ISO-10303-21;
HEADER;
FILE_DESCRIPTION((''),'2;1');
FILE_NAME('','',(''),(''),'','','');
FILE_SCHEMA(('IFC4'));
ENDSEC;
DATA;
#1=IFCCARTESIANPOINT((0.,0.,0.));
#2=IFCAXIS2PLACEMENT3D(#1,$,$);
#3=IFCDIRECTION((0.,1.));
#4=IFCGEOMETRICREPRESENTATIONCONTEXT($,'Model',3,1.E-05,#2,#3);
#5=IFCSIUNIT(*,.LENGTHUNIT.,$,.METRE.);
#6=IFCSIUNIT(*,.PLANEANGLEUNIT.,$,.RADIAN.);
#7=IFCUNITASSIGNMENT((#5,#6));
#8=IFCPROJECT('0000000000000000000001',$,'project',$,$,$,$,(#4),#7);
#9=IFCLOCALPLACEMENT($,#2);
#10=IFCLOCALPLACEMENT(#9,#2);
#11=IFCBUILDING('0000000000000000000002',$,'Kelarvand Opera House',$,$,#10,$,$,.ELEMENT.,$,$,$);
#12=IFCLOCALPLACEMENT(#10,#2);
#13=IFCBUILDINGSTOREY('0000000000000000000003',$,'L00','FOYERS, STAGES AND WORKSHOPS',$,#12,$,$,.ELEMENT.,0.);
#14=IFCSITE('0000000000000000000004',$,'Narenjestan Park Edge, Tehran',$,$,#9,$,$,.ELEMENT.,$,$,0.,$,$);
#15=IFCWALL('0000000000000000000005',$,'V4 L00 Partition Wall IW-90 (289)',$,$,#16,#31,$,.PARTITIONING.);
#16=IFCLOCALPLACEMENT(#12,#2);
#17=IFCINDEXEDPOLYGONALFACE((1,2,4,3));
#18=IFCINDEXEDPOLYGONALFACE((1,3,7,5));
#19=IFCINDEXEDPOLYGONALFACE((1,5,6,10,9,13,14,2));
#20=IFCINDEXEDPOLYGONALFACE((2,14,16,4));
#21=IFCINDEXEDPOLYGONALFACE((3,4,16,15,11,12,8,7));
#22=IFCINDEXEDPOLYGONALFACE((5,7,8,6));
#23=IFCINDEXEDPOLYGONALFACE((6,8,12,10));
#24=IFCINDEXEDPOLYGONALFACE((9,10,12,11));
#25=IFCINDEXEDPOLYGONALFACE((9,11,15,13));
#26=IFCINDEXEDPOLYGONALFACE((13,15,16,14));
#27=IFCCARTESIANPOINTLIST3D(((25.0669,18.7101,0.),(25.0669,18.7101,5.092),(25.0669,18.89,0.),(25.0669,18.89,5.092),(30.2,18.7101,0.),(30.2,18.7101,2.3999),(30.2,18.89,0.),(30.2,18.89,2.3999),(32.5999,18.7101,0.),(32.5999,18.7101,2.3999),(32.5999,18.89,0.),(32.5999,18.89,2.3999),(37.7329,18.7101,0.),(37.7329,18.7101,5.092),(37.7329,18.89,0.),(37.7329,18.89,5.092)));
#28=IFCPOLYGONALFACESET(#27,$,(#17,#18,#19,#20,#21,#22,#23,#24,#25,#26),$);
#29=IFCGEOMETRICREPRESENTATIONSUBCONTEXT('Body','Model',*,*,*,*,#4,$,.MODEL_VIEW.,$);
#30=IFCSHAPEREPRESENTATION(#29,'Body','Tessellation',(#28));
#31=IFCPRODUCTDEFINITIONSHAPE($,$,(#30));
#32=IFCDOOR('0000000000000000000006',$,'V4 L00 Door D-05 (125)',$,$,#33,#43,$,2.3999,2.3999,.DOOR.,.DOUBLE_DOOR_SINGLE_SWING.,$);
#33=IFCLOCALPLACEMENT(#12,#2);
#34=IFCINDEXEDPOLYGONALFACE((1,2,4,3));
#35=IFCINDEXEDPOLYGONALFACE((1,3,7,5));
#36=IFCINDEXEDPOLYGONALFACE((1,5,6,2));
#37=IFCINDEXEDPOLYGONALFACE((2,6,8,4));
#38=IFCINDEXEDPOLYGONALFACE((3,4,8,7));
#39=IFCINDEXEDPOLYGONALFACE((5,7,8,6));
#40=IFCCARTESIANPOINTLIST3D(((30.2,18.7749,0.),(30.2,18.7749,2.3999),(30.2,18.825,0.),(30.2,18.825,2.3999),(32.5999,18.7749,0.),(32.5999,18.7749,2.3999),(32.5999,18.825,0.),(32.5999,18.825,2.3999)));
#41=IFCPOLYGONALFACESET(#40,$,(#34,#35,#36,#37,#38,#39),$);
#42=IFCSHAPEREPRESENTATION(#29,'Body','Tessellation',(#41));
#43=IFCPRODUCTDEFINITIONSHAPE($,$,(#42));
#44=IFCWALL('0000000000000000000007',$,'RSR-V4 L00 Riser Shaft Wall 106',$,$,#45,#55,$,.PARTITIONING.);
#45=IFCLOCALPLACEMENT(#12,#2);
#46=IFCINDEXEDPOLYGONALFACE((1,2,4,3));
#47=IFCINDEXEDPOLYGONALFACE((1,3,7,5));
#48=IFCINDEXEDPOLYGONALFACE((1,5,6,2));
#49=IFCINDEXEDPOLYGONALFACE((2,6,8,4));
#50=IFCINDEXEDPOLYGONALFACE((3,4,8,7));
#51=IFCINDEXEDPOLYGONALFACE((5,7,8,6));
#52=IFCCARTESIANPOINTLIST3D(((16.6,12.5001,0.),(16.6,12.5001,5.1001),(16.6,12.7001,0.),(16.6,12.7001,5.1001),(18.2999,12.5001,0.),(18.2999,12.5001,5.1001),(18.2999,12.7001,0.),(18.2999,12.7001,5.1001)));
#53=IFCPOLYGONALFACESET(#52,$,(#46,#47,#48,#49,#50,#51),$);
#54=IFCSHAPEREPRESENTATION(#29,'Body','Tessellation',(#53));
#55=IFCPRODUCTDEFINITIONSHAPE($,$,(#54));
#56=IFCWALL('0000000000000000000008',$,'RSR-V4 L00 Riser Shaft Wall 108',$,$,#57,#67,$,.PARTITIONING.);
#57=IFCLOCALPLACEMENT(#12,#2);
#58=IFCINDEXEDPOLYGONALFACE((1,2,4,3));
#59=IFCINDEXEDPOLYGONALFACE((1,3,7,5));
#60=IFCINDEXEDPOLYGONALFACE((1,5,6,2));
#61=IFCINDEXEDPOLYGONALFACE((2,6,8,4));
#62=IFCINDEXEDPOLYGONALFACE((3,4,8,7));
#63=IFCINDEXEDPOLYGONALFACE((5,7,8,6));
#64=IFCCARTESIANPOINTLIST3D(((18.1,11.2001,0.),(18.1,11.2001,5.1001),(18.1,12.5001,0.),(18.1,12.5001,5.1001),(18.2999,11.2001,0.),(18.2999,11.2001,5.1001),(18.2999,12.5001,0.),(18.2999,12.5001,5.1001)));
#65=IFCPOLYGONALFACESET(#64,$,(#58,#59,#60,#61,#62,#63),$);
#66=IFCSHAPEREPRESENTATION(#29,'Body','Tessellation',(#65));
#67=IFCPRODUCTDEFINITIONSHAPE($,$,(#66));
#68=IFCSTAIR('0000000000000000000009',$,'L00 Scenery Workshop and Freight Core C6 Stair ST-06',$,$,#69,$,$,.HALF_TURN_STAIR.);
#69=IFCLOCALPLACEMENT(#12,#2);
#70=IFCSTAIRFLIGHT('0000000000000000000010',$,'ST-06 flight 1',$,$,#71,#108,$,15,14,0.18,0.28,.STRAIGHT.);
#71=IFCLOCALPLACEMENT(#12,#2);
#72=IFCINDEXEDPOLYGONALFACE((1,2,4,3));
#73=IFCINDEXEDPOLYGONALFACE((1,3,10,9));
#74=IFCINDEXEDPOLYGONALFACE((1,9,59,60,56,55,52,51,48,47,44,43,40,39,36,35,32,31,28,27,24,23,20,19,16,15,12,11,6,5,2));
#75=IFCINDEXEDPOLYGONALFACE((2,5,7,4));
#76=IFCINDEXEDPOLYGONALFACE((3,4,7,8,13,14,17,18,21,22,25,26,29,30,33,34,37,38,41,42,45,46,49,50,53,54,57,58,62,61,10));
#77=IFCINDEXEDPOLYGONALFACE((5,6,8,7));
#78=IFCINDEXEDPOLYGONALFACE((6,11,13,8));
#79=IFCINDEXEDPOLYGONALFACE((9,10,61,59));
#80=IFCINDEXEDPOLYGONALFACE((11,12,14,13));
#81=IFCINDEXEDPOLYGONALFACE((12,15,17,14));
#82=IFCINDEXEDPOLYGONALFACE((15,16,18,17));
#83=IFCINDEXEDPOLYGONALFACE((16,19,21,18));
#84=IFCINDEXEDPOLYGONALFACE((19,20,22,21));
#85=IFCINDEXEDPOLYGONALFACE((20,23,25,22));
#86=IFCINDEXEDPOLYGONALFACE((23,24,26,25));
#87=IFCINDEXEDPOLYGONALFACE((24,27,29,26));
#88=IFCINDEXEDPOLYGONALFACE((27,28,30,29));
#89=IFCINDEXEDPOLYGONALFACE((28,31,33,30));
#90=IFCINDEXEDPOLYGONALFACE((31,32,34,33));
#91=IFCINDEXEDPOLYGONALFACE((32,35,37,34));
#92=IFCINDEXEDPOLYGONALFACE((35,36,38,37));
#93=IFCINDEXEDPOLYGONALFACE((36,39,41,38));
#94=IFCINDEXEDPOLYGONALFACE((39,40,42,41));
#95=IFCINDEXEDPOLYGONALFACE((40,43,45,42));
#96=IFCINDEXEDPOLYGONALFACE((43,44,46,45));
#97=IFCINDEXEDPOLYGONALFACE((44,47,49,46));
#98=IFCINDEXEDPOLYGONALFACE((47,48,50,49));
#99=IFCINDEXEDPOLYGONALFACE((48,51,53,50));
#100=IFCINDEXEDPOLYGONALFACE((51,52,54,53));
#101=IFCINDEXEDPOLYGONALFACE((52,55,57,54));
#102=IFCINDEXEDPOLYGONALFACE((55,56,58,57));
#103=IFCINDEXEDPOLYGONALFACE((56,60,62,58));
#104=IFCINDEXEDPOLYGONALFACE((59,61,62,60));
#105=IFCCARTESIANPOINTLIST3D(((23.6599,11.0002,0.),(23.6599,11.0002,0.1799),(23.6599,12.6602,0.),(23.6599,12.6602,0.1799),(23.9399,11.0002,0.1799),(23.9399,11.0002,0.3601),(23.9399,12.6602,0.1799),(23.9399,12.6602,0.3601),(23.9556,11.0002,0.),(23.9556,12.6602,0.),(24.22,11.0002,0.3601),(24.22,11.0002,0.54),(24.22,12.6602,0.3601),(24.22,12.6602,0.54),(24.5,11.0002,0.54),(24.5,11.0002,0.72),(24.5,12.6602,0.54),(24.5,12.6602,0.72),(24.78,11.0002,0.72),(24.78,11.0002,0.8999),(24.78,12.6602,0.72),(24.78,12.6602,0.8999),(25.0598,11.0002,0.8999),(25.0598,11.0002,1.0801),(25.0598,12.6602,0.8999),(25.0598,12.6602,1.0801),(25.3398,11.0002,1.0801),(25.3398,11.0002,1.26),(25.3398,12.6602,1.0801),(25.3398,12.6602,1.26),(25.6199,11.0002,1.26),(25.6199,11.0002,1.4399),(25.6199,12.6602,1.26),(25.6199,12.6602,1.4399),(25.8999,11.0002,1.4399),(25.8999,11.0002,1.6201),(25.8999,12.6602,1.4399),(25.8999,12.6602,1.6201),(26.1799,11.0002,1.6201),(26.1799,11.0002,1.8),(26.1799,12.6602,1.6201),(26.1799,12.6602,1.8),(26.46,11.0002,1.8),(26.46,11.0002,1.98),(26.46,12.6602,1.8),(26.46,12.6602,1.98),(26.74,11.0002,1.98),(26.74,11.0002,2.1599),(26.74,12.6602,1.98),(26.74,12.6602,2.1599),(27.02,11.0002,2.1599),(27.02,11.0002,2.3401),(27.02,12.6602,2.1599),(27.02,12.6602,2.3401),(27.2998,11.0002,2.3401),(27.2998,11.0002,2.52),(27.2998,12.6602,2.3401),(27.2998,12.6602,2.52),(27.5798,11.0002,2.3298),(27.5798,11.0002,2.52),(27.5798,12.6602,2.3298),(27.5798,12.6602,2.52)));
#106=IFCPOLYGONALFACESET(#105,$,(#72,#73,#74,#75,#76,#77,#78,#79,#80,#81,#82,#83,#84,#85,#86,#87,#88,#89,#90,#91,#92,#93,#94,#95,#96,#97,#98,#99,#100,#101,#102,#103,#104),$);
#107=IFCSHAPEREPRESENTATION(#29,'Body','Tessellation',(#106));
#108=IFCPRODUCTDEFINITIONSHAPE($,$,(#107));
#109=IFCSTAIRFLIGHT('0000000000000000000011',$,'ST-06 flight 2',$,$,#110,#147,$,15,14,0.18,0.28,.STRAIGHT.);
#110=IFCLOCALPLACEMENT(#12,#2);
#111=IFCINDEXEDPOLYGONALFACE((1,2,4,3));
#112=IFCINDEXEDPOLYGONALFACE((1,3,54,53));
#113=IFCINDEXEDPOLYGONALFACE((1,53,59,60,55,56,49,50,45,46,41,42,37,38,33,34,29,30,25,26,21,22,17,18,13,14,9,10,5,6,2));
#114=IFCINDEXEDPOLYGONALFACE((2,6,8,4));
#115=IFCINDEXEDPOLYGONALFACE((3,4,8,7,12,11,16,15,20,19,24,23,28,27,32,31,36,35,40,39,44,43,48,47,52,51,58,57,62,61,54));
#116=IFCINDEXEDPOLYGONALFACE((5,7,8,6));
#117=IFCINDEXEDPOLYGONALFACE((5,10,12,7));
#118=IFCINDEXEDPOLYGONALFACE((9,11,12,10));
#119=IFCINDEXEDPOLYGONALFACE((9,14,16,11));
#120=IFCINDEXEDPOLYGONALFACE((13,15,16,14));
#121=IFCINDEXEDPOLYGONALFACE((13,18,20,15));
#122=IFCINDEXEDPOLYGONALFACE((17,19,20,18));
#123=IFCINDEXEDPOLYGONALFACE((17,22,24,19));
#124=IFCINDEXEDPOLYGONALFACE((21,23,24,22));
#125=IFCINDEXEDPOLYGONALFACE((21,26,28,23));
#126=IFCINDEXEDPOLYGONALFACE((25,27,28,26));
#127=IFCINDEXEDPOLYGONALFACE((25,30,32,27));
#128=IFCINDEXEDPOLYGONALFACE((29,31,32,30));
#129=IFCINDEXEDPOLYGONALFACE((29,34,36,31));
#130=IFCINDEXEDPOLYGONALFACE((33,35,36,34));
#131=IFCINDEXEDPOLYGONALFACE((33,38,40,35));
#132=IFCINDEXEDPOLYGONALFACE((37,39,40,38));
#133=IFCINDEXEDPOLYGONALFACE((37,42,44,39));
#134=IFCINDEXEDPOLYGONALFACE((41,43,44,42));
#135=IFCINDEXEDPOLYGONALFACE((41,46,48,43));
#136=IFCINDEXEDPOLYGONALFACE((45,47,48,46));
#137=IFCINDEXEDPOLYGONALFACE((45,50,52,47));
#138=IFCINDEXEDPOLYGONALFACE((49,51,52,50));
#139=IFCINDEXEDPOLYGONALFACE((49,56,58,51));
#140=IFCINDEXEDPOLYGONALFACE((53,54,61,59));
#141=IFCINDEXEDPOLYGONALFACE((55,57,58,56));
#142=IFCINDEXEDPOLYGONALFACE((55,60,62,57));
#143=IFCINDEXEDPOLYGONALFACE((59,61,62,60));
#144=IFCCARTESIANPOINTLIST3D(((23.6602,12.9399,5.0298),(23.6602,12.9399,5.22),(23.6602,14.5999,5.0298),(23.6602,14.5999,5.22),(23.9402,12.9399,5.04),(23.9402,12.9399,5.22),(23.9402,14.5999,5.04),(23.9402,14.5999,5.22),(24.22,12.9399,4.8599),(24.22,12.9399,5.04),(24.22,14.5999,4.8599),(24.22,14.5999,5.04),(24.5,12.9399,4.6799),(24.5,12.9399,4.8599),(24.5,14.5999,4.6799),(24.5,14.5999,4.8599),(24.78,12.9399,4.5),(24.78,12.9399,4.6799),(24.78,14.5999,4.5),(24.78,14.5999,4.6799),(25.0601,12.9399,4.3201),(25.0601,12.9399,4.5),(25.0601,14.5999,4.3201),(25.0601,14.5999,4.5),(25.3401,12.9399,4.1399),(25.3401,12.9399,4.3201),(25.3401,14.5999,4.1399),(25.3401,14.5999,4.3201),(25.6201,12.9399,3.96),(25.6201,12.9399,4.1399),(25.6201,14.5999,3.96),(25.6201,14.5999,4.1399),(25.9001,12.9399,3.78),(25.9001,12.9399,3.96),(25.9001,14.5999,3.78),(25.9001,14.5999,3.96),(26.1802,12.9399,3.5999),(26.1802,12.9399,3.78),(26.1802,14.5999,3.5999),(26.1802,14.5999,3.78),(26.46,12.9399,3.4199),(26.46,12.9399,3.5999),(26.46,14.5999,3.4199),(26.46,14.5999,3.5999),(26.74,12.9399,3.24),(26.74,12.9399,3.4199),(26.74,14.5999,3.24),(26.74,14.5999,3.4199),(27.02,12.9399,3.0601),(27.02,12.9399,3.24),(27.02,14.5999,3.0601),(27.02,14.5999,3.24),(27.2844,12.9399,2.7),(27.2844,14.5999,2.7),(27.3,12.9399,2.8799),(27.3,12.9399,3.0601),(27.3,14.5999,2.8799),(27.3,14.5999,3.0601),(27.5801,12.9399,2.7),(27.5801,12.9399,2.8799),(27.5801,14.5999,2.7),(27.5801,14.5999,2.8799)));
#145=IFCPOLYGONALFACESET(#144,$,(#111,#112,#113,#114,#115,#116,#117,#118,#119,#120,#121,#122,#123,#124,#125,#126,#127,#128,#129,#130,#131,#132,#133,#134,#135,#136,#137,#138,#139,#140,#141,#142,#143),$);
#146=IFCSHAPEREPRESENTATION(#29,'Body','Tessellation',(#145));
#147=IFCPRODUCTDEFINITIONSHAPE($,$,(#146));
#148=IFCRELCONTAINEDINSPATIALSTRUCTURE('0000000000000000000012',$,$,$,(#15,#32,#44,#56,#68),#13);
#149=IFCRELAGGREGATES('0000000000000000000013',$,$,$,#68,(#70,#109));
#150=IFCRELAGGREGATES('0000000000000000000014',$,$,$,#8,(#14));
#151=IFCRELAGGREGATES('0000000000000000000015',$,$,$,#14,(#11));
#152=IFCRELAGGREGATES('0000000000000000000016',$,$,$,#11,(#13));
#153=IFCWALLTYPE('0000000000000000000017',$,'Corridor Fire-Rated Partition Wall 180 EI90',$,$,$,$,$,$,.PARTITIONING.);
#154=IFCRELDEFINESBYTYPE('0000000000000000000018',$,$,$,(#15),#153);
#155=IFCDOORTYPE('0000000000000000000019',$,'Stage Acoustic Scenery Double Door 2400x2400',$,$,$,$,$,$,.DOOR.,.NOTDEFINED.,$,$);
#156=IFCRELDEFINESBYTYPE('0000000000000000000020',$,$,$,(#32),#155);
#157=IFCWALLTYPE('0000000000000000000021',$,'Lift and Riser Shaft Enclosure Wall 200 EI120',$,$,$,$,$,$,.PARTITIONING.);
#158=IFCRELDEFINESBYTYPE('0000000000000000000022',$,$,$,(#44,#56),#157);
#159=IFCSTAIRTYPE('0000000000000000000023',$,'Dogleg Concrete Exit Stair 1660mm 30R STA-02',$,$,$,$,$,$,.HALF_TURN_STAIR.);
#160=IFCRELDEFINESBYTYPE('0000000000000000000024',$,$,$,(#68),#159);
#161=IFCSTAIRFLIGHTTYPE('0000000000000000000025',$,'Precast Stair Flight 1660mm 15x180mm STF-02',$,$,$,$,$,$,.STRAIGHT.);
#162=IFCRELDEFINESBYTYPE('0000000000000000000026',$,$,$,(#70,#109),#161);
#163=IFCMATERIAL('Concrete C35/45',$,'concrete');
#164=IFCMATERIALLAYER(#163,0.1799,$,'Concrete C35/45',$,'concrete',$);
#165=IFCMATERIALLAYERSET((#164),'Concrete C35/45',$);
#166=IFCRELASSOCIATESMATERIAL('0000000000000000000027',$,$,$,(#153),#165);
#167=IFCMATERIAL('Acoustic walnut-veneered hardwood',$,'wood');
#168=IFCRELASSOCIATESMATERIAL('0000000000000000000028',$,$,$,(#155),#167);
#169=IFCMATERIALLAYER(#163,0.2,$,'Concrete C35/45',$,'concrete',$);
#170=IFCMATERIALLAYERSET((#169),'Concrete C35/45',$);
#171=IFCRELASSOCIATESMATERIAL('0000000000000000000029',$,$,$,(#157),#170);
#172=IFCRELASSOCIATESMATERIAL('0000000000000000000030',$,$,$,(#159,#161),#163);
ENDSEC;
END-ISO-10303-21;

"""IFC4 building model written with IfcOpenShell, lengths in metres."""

from ifc_helpers import new_model, si_unit, direction, frame, frame_2d, origin, place, context, subcontext, project, spatial, polyline, rectangle, outline, extrude, material, layer, layer_set, type_object, element, fill, aggregate, save


model = new_model("IFC4")

# Units and contexts
model_context = context("Model", 3, precision=1e-05, world=origin(), true_north=direction((0.0, 1.0)))
body_context = subcontext(model_context, "Body", "Model", "MODEL_VIEW")
ifc_project = project(units=[si_unit("LENGTHUNIT", "METRE"), si_unit("PLANEANGLEUNIT", "RADIAN")], contexts=[model_context])

# Site, building, storey
site_placement = place(None, origin())
site = spatial("IfcSite", under=ifc_project, at=site_placement, Name="Narenjestan Park Edge, Tehran", CompositionType="ELEMENT", RefElevation=0.0)
building_placement = place(site_placement, origin())
building = spatial("IfcBuilding", under=site, at=building_placement, Name="Kelarvand Opera House", CompositionType="ELEMENT")
storey_placement = place(building_placement, origin())
storey = spatial("IfcBuildingStorey", under=building, at=storey_placement, Name="L00", Description="FOYERS, STAGES AND WORKSHOPS", CompositionType="ELEMENT", Elevation=0.0)

# Shared definitions
ifc_material_1 = material(Name="Concrete C35/45", Category="concrete")

# Wall, opening, door
ifc_layer_1 = layer(ifc_material_1, 0.1799, Name="Concrete C35/45", Category="concrete")
ifc_layer_set_1 = layer_set([ifc_layer_1], Name="Concrete C35/45")
wall_type_1 = type_object("IfcWallType", Name="Corridor Fire-Rated Partition Wall 180 EI90", PredefinedType="PARTITIONING", material=ifc_layer_set_1)
wall_1_placement = place(storey_placement, frame((25.0669, 18.8, 0.0), z_axis=(0.0, 0.0, 1.0), x_axis=(1.0, 0.0, 0.0)))
wall_1 = element("IfcWall", 1, at=wall_1_placement, inside=storey, type_object=wall_type_1, Name="V4 L00 Partition Wall IW-90 (289)", PredefinedType="PARTITIONING", context=body_context, shape_type="SweptSolid", body=[
    extrude(rectangle(XDim=12.666, YDim=0.1799, at=frame_2d((6.333, 0.0))), origin(), (0.0, 0.0, 1.0), 5.092),
])
opening_1_placement = place(wall_1_placement, frame((5.1331, 0.0, 0.0)))
opening_1 = element("IfcOpeningElement", 2, at=opening_1_placement, cuts=wall_1, PredefinedType="OPENING", context=body_context, shape_type="SweptSolid", body=[
    extrude(rectangle(XDim=2.3999, YDim=2.3999, at=frame_2d((1.2, 1.2))), frame((0.0, 0.1001, 0.0), z_axis=(0.0, -1.0, 0.0), x_axis=(1.0, 0.0, 0.0)), (0.0, 0.0, 1.0), 0.2),
])
ifc_material_2 = material(Name="Acoustic walnut-veneered hardwood", Category="wood")
door_type_1 = type_object("IfcDoorType", Name="Stage Acoustic Scenery Double Door 2400x2400", OperationType="NOTDEFINED", PredefinedType="DOOR", material=ifc_material_2)
door_1_placement = place(opening_1_placement, origin())
door_1 = element("IfcDoor", 3, at=door_1_placement, inside=storey, type_object=door_type_1, Name="V4 L00 Door D-05 (125)", OperationType="DOUBLE_DOOR_SINGLE_SWING", OverallHeight=2.3999, OverallWidth=2.3999, PredefinedType="DOOR", context=body_context, shape_type="SweptSolid", body=[
    extrude(rectangle(XDim=2.3999, YDim=2.3999, at=frame_2d((1.2, 1.2))), frame((0.0, 0.0249, 0.0), z_axis=(0.0, -1.0, 0.0), x_axis=(1.0, 0.0, 0.0)), (0.0, 0.0, 1.0), 0.05),
])
fill(opening_1, door_1)

# Walls
ifc_layer_2 = layer(ifc_material_1, 0.2, Name="Concrete C35/45", Category="concrete")
ifc_layer_set_2 = layer_set([ifc_layer_2], Name="Concrete C35/45")
wall_type_2 = type_object("IfcWallType", Name="Lift and Riser Shaft Enclosure Wall 200 EI120", PredefinedType="PARTITIONING", material=ifc_layer_set_2)
wall_2_placement = place(storey_placement, frame((18.3, 12.6001, 0.0), z_axis=(0.0, 0.0, 1.0), x_axis=(-1.0, 0.0, 0.0)))
element("IfcWall", 4, at=wall_2_placement, inside=storey, type_object=wall_type_2, Name="RSR-V4 L00 Riser Shaft Wall 106", PredefinedType="PARTITIONING", context=body_context, shape_type="SweptSolid", body=[
    extrude(rectangle(XDim=1.7, YDim=0.2, at=frame_2d((0.8501, 0.0))), origin(), (0.0, 0.0, 1.0), 5.1001),
])
wall_3_placement = place(storey_placement, frame((18.2, 12.5, 0.0), z_axis=(0.0, 0.0, 1.0), x_axis=(0.0, -1.0, 0.0)))
element("IfcWall", 5, at=wall_3_placement, inside=storey, type_object=wall_type_2, Name="RSR-V4 L00 Riser Shaft Wall 108", PredefinedType="PARTITIONING", context=body_context, shape_type="SweptSolid", body=[
    extrude(rectangle(XDim=1.3, YDim=0.2, at=frame_2d((0.6499, 0.0))), origin(), (0.0, 0.0, 1.0), 5.1001),
])

# Stair, stair flights
stair_type = type_object("IfcStairType", Name="Dogleg Concrete Exit Stair 1660mm 30R STA-02", PredefinedType="HALF_TURN_STAIR", material=ifc_material_1)
stair_placement = place(storey_placement, origin())
stair = element("IfcStair", 6, at=stair_placement, inside=storey, type_object=stair_type, Name="L00 Scenery Workshop and Freight Core C6 Stair ST-06", PredefinedType="HALF_TURN_STAIR")
stair_flight_type = type_object("IfcStairFlightType", Name="Precast Stair Flight 1660mm 15x180mm STF-02", PredefinedType="STRAIGHT", material=ifc_material_1)
stair_flight_1_placement = place(storey_placement, frame((23.6599, 11.8301, 0.0), z_axis=(0.0, 0.0, 1.0), x_axis=(1.0, 0.0, 0.0)))
stair_flight_1 = element("IfcStairFlight", 7, at=stair_flight_1_placement, type_object=stair_flight_type, Name="ST-06 flight 1", NumberOfRisers=15, NumberOfTreads=14, PredefinedType="STRAIGHT", RiserHeight=0.18, TreadLength=0.28, context=body_context, shape_type="SweptSolid", body=[
    extrude(outline(polyline([(0.0, 0.0), (0.0, 0.1799), (0.28, 0.1799), (0.28, 0.3601), (0.5601, 0.3601), (0.5601, 0.54), (0.8401, 0.54), (0.8401, 0.72), (1.1201, 0.72), (1.1201, 0.8999), (1.3999, 0.8999), (1.3999, 1.0801), (1.6799, 1.0801), (1.6799, 1.26), (1.96, 1.26), (1.96, 1.4399), (2.24, 1.4399), (2.24, 1.6201), (2.52, 1.6201), (2.52, 1.8), (2.8, 1.8), (2.8, 1.98), (3.0801, 1.98), (3.0801, 2.1599), (3.3601, 2.1599), (3.3601, 2.3401), (3.6399, 2.3401), (3.6399, 2.52), (3.9199, 2.52), (3.9199, 2.7), (3.9199, 2.3298), (0.2957, 0.0), (0.0, 0.0)])), frame((0.0, 0.8301, 0.0), z_axis=(0.0, -1.0, 0.0), x_axis=(1.0, 0.0, 0.0)), (0.0, 0.0, 1.0), 1.6599),
])
stair_flight_2_placement = place(storey_placement, frame((27.5801, 13.77, 2.7), z_axis=(0.0, 0.0, 1.0), x_axis=(-1.0, 0.0, 0.0)))
stair_flight_2 = element("IfcStairFlight", 8, at=stair_flight_2_placement, type_object=stair_flight_type, Name="ST-06 flight 2", NumberOfRisers=15, NumberOfTreads=14, PredefinedType="STRAIGHT", RiserHeight=0.18, TreadLength=0.28, context=body_context, shape_type="SweptSolid", body=[
    extrude(outline(polyline([(0.0, 0.0), (0.0, 0.1799), (0.28, 0.1799), (0.28, 0.3601), (0.5601, 0.3601), (0.5601, 0.54), (0.8401, 0.54), (0.8401, 0.72), (1.1201, 0.72), (1.1201, 0.8999), (1.3999, 0.8999), (1.3999, 1.0801), (1.6799, 1.0801), (1.6799, 1.26), (1.96, 1.26), (1.96, 1.4399), (2.24, 1.4399), (2.24, 1.6201), (2.52, 1.6201), (2.52, 1.8), (2.8, 1.8), (2.8, 1.98), (3.0801, 1.98), (3.0801, 2.1599), (3.3601, 2.1599), (3.3601, 2.3401), (3.6399, 2.3401), (3.6399, 2.52), (3.9199, 2.52), (3.9199, 2.7), (3.9199, 2.3298), (0.2957, 0.0), (0.0, 0.0)])), frame((0.0, 0.8301, 0.0), z_axis=(0.0, -1.0, 0.0), x_axis=(1.0, 0.0, 0.0)), (0.0, 0.0, 1.0), 1.6599),
])
aggregate(stair, [stair_flight_1, stair_flight_2])

save(model, "model.ifc")
